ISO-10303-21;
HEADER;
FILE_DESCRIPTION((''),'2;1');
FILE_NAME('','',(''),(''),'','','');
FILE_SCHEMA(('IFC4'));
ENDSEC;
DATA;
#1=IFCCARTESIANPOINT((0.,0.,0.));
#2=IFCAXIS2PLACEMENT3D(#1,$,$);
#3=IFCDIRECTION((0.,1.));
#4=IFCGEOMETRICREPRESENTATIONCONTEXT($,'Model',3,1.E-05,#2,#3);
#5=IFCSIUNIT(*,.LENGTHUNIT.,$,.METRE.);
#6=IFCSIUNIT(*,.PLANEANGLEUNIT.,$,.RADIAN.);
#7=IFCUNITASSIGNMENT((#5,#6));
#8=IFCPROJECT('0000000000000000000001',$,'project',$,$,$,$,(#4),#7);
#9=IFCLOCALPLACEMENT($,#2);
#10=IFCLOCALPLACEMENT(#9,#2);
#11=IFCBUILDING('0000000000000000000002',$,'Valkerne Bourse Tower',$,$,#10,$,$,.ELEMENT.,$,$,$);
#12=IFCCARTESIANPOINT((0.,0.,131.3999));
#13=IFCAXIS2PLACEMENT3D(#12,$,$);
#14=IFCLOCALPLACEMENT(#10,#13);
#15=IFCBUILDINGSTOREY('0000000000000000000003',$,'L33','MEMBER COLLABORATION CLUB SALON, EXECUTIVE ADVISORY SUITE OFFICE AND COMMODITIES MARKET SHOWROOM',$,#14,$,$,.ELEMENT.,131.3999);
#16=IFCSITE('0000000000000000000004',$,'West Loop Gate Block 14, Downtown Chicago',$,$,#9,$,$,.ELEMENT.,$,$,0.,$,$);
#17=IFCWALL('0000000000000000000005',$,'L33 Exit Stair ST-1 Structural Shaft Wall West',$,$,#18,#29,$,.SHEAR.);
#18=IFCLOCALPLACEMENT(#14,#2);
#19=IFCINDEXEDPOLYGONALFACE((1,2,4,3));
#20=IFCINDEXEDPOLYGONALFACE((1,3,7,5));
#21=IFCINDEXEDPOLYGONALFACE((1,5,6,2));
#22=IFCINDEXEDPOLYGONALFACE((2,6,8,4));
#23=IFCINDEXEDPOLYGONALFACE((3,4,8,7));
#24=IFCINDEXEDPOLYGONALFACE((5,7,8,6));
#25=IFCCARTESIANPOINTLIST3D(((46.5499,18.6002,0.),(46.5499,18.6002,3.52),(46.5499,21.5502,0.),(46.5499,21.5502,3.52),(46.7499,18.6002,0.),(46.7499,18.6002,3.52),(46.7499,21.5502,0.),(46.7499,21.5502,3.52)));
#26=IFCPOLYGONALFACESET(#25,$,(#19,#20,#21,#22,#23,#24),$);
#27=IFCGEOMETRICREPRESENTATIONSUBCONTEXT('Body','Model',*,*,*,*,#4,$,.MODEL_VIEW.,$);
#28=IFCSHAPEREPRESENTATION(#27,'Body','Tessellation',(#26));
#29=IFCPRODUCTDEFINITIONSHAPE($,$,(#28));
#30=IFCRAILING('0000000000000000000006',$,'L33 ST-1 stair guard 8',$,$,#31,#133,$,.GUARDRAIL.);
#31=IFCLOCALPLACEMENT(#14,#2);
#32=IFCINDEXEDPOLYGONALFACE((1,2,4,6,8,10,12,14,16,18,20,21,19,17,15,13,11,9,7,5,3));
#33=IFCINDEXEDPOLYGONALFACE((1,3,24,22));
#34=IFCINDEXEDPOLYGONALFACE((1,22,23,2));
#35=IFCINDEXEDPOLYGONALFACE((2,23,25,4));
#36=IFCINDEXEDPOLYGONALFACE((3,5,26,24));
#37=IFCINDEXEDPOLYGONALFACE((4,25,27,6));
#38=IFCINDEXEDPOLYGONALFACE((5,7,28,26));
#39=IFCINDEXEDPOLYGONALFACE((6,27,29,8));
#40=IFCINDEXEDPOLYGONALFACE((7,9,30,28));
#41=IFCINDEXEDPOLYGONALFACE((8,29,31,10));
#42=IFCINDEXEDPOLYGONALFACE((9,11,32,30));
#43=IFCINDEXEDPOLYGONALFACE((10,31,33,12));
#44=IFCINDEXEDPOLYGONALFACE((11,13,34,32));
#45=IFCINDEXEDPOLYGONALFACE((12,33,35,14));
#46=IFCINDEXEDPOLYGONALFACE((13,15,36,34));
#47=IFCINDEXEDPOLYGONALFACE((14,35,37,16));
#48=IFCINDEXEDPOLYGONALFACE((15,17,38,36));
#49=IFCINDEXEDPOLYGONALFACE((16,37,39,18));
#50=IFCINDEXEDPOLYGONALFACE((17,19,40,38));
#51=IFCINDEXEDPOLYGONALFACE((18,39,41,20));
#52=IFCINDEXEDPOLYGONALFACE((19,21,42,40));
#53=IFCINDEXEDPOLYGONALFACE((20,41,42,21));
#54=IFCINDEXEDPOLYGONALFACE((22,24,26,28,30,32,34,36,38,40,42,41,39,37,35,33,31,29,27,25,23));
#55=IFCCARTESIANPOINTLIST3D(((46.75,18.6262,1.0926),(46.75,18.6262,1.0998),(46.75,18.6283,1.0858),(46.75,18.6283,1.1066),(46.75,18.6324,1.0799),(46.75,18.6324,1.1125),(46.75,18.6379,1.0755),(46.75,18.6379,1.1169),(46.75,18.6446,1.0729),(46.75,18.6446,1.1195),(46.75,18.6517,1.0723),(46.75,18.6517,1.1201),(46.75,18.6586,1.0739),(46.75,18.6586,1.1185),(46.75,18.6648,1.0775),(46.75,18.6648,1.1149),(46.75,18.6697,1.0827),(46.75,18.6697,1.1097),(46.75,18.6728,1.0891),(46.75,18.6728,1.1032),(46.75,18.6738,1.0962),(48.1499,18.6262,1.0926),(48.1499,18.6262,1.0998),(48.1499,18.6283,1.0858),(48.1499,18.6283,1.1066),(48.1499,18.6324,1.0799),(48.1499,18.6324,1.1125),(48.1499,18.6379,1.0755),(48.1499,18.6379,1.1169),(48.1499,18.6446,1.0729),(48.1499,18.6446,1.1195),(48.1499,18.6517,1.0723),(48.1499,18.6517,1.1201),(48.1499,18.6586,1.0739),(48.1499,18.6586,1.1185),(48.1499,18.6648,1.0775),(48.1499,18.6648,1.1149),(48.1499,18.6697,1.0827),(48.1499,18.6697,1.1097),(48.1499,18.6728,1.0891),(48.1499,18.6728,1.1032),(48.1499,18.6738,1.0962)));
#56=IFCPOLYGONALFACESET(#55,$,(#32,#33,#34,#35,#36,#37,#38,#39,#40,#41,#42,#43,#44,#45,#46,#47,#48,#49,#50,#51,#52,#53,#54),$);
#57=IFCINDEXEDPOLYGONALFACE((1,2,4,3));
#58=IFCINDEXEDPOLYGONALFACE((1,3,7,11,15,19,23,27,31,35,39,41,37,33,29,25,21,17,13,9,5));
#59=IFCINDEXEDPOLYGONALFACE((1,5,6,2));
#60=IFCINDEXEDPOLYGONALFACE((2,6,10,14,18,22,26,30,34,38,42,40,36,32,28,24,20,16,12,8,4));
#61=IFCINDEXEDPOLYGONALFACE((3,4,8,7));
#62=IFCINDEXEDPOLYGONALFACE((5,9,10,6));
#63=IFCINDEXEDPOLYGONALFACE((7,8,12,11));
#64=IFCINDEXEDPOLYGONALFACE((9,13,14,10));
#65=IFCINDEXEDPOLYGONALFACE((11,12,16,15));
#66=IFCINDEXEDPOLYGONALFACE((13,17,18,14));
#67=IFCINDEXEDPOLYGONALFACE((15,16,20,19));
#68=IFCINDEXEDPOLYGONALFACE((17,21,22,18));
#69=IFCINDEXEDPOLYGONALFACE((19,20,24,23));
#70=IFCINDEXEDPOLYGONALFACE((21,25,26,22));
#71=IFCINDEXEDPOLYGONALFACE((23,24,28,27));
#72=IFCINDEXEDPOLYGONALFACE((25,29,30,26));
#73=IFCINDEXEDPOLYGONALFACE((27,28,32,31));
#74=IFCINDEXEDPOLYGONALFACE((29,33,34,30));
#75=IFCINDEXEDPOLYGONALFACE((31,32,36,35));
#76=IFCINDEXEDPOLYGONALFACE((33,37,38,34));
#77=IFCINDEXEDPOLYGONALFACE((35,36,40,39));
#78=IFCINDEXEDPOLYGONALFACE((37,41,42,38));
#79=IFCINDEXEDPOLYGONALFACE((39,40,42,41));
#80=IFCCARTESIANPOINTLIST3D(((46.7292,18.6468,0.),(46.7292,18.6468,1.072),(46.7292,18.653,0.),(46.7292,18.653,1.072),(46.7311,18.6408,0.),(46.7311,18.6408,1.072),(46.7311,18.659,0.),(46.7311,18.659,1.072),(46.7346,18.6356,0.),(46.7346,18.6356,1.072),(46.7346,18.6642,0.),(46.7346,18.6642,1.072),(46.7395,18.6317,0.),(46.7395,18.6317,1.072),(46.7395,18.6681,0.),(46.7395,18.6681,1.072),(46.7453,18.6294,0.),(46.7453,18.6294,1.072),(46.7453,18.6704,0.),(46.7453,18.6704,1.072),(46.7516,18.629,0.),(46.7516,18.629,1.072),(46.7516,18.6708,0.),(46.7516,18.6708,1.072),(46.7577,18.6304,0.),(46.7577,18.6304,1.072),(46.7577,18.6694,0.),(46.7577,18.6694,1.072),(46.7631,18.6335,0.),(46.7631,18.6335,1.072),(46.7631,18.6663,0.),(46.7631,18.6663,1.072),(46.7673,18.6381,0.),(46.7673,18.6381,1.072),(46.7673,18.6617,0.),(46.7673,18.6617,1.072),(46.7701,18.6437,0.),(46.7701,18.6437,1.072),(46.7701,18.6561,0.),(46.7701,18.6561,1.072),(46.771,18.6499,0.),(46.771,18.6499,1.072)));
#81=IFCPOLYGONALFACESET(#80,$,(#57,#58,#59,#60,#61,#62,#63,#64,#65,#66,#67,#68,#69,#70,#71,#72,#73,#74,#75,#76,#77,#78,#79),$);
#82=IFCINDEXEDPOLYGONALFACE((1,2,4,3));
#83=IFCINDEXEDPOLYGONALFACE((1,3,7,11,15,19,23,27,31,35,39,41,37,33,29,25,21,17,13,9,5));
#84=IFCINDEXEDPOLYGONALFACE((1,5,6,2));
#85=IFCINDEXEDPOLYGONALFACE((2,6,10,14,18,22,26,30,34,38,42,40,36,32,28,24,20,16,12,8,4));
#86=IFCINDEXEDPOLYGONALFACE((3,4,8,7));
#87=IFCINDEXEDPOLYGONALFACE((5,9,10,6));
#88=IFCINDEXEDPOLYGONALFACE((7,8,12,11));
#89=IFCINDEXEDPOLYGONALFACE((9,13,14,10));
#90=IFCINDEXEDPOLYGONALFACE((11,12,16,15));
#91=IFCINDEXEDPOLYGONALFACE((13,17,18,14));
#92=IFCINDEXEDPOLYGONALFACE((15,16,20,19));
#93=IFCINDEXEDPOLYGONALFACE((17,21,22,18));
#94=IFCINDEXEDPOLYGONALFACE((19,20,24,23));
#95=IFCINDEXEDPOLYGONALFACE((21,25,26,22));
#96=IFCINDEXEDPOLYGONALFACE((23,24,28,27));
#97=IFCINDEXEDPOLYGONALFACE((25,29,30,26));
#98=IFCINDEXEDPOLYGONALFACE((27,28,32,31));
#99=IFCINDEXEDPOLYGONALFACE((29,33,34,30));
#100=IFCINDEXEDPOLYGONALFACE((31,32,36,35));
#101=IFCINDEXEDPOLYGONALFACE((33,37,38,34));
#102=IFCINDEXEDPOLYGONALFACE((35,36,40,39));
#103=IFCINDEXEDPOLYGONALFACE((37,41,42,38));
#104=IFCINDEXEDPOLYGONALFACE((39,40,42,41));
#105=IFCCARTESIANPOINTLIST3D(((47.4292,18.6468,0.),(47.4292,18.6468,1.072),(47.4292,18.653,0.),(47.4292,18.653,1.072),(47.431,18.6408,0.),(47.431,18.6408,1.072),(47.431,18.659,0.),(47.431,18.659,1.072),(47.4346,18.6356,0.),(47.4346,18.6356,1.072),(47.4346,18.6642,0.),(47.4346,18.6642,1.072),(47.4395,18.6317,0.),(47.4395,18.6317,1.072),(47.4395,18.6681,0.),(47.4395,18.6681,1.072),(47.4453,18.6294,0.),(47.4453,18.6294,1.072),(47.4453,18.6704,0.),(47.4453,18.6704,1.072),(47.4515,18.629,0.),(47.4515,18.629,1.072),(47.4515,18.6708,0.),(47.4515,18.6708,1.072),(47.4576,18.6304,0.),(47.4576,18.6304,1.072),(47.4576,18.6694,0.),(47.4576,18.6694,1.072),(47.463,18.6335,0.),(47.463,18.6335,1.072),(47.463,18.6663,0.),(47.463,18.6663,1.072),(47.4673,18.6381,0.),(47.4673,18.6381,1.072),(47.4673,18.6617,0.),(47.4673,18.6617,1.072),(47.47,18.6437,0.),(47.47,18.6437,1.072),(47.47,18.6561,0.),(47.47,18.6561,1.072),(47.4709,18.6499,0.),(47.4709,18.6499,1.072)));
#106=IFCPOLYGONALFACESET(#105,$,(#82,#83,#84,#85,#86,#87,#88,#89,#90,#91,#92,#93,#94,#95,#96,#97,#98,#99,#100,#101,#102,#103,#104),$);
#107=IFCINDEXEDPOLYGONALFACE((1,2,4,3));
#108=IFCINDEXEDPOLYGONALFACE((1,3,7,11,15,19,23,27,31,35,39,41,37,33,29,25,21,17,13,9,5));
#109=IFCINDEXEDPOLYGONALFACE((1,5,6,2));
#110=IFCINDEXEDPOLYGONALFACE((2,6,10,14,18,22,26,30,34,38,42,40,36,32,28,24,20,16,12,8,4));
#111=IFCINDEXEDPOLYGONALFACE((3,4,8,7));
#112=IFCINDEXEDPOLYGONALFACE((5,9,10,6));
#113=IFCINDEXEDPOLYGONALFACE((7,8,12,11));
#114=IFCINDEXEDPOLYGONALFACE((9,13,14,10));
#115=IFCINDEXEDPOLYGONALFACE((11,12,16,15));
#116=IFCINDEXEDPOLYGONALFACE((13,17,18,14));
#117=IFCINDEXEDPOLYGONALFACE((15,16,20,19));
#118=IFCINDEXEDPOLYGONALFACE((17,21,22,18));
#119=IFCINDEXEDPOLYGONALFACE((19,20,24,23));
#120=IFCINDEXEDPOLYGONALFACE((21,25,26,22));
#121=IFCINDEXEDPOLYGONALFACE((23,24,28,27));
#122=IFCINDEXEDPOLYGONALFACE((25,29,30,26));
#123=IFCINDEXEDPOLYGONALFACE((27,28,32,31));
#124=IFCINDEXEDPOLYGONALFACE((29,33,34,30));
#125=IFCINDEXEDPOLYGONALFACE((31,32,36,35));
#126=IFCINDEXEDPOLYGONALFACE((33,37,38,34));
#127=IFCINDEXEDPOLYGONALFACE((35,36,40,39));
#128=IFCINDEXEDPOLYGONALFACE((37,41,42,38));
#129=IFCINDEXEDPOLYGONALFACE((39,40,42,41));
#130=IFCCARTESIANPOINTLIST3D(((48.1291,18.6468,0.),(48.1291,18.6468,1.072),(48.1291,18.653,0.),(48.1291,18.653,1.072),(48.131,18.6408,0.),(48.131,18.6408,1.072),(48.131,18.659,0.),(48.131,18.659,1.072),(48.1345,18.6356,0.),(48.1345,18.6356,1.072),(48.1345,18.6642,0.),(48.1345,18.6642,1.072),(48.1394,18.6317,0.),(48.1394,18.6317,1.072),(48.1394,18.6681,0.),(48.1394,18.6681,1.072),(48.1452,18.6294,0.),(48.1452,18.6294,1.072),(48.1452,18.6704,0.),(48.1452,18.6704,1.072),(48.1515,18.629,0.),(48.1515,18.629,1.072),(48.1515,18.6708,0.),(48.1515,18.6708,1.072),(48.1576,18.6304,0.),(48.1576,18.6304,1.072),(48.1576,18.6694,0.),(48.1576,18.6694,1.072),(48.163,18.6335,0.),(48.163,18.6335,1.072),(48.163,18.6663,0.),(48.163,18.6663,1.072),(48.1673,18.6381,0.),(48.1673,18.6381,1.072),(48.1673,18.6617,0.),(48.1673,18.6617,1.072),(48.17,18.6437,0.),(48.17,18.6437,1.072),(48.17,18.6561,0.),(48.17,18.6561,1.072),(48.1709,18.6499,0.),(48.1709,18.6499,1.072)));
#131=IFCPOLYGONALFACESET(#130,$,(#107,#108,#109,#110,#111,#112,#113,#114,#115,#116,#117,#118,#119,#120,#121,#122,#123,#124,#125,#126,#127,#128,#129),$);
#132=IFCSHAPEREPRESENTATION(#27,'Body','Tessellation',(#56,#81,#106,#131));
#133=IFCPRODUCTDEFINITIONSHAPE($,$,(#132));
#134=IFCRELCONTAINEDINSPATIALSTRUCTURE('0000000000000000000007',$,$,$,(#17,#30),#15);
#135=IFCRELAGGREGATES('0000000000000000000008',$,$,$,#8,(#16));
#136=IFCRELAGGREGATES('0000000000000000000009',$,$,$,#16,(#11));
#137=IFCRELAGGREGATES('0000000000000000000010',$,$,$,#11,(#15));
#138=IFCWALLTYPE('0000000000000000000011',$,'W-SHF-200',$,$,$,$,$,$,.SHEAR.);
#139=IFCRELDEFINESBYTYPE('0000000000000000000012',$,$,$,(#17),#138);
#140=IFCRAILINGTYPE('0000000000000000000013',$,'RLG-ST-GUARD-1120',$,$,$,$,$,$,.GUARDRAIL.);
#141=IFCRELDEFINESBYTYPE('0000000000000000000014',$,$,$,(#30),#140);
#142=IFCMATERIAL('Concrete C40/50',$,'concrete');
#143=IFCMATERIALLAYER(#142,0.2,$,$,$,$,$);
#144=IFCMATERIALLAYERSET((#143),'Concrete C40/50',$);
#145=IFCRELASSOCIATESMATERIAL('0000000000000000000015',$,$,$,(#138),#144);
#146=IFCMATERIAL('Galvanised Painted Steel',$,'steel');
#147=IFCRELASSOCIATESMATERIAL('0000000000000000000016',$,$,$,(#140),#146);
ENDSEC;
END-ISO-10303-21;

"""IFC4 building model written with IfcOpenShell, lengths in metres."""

from ifc_helpers import new_model, si_unit, direction, frame, frame_2d, origin, origin_2d, place, context, subcontext, project, spatial, rectangle, circle, extrude, material, layer, layer_set, type_object, element, save


model = new_model("IFC4")

# Units and contexts
model_context = context("Model", 3, precision=1e-05, world=origin(), true_north=direction((0.0, 1.0)))
body_context = subcontext(model_context, "Body", "Model", "MODEL_VIEW")
ifc_project = project(units=[si_unit("LENGTHUNIT", "METRE"), si_unit("PLANEANGLEUNIT", "RADIAN")], contexts=[model_context])

# Site, building, storey
site_placement = place(None, origin())
site = spatial("IfcSite", under=ifc_project, at=site_placement, Name="West Loop Gate Block 14, Downtown Chicago", CompositionType="ELEMENT", RefElevation=0.0)
building_placement = place(site_placement, origin())
building = spatial("IfcBuilding", under=site, at=building_placement, Name="Valkerne Bourse Tower", CompositionType="ELEMENT")
storey_placement = place(building_placement, frame((0.0, 0.0, 131.3999)))
storey = spatial("IfcBuildingStorey", under=building, at=storey_placement, Name="L33", Description="MEMBER COLLABORATION CLUB SALON, EXECUTIVE ADVISORY SUITE OFFICE AND COMMODITIES MARKET SHOWROOM", CompositionType="ELEMENT", Elevation=131.3999)

# Shared definitions
ifc_material_1 = material(Name="Galvanised Painted Steel", Category="steel")

# Shared definitions
ifc_material_2 = material(Name="Concrete C40/50", Category="concrete")
ifc_layer_1 = layer(ifc_material_2, 0.2)
ifc_layer_set_1 = layer_set([ifc_layer_1], Name="Concrete C40/50")
wall_type_1 = type_object("IfcWallType", Name="W-SHF-200", PredefinedType="SHEAR", material=ifc_layer_set_1)

# Wall
wall_1_placement = place(storey_placement, frame((46.6499, 18.6001, 0.0), z_axis=(0.0, 0.0, 1.0), x_axis=(0.0, 1.0, 0.0)))
element("IfcWall", 1, at=wall_1_placement, inside=storey, type_object=wall_type_1, Name="L33 Exit Stair ST-1 Structural Shaft Wall West", PredefinedType="SHEAR", context=body_context, shape_type="SweptSolid", body=[
    extrude(rectangle(XDim=2.95, YDim=0.2, at=frame_2d((1.4751, 0.0))), origin(), (0.0, 0.0, 1.0), 3.52),
])

# Railing
railing_type = type_object("IfcRailingType", Name="RLG-ST-GUARD-1120", PredefinedType="GUARDRAIL", material=ifc_material_1)
for number, where, name in (
    (2, (46.75, 18.6499, 0.0), "L33 ST-1 stair guard 8"),
):
    element("IfcRailing", number, at=place(storey_placement, frame(where)), inside=storey, type_object=railing_type, Name=name, PredefinedType="GUARDRAIL", context=body_context, shape_type="SweptSolid", body=[
        extrude(circle(Radius=0.0239, at=origin_2d()), frame((0.0, 0.0, 1.0962), z_axis=(1.0, 0.0, 0.0), x_axis=(0.0, 1.0, 0.0)), (0.0, 0.0, 1.0), 1.3999),
        extrude(circle(Radius=0.021, at=origin_2d()), origin(), (0.0, 0.0, 1.0), 1.072),
        extrude(circle(Radius=0.021, at=origin_2d()), frame((0.7, 0.0, 0.0)), (0.0, 0.0, 1.0), 1.072),
        extrude(circle(Radius=0.021, at=origin_2d()), frame((1.3999, 0.0, 0.0)), (0.0, 0.0, 1.0), 1.072),
    ])

save(model, "model.ifc")
